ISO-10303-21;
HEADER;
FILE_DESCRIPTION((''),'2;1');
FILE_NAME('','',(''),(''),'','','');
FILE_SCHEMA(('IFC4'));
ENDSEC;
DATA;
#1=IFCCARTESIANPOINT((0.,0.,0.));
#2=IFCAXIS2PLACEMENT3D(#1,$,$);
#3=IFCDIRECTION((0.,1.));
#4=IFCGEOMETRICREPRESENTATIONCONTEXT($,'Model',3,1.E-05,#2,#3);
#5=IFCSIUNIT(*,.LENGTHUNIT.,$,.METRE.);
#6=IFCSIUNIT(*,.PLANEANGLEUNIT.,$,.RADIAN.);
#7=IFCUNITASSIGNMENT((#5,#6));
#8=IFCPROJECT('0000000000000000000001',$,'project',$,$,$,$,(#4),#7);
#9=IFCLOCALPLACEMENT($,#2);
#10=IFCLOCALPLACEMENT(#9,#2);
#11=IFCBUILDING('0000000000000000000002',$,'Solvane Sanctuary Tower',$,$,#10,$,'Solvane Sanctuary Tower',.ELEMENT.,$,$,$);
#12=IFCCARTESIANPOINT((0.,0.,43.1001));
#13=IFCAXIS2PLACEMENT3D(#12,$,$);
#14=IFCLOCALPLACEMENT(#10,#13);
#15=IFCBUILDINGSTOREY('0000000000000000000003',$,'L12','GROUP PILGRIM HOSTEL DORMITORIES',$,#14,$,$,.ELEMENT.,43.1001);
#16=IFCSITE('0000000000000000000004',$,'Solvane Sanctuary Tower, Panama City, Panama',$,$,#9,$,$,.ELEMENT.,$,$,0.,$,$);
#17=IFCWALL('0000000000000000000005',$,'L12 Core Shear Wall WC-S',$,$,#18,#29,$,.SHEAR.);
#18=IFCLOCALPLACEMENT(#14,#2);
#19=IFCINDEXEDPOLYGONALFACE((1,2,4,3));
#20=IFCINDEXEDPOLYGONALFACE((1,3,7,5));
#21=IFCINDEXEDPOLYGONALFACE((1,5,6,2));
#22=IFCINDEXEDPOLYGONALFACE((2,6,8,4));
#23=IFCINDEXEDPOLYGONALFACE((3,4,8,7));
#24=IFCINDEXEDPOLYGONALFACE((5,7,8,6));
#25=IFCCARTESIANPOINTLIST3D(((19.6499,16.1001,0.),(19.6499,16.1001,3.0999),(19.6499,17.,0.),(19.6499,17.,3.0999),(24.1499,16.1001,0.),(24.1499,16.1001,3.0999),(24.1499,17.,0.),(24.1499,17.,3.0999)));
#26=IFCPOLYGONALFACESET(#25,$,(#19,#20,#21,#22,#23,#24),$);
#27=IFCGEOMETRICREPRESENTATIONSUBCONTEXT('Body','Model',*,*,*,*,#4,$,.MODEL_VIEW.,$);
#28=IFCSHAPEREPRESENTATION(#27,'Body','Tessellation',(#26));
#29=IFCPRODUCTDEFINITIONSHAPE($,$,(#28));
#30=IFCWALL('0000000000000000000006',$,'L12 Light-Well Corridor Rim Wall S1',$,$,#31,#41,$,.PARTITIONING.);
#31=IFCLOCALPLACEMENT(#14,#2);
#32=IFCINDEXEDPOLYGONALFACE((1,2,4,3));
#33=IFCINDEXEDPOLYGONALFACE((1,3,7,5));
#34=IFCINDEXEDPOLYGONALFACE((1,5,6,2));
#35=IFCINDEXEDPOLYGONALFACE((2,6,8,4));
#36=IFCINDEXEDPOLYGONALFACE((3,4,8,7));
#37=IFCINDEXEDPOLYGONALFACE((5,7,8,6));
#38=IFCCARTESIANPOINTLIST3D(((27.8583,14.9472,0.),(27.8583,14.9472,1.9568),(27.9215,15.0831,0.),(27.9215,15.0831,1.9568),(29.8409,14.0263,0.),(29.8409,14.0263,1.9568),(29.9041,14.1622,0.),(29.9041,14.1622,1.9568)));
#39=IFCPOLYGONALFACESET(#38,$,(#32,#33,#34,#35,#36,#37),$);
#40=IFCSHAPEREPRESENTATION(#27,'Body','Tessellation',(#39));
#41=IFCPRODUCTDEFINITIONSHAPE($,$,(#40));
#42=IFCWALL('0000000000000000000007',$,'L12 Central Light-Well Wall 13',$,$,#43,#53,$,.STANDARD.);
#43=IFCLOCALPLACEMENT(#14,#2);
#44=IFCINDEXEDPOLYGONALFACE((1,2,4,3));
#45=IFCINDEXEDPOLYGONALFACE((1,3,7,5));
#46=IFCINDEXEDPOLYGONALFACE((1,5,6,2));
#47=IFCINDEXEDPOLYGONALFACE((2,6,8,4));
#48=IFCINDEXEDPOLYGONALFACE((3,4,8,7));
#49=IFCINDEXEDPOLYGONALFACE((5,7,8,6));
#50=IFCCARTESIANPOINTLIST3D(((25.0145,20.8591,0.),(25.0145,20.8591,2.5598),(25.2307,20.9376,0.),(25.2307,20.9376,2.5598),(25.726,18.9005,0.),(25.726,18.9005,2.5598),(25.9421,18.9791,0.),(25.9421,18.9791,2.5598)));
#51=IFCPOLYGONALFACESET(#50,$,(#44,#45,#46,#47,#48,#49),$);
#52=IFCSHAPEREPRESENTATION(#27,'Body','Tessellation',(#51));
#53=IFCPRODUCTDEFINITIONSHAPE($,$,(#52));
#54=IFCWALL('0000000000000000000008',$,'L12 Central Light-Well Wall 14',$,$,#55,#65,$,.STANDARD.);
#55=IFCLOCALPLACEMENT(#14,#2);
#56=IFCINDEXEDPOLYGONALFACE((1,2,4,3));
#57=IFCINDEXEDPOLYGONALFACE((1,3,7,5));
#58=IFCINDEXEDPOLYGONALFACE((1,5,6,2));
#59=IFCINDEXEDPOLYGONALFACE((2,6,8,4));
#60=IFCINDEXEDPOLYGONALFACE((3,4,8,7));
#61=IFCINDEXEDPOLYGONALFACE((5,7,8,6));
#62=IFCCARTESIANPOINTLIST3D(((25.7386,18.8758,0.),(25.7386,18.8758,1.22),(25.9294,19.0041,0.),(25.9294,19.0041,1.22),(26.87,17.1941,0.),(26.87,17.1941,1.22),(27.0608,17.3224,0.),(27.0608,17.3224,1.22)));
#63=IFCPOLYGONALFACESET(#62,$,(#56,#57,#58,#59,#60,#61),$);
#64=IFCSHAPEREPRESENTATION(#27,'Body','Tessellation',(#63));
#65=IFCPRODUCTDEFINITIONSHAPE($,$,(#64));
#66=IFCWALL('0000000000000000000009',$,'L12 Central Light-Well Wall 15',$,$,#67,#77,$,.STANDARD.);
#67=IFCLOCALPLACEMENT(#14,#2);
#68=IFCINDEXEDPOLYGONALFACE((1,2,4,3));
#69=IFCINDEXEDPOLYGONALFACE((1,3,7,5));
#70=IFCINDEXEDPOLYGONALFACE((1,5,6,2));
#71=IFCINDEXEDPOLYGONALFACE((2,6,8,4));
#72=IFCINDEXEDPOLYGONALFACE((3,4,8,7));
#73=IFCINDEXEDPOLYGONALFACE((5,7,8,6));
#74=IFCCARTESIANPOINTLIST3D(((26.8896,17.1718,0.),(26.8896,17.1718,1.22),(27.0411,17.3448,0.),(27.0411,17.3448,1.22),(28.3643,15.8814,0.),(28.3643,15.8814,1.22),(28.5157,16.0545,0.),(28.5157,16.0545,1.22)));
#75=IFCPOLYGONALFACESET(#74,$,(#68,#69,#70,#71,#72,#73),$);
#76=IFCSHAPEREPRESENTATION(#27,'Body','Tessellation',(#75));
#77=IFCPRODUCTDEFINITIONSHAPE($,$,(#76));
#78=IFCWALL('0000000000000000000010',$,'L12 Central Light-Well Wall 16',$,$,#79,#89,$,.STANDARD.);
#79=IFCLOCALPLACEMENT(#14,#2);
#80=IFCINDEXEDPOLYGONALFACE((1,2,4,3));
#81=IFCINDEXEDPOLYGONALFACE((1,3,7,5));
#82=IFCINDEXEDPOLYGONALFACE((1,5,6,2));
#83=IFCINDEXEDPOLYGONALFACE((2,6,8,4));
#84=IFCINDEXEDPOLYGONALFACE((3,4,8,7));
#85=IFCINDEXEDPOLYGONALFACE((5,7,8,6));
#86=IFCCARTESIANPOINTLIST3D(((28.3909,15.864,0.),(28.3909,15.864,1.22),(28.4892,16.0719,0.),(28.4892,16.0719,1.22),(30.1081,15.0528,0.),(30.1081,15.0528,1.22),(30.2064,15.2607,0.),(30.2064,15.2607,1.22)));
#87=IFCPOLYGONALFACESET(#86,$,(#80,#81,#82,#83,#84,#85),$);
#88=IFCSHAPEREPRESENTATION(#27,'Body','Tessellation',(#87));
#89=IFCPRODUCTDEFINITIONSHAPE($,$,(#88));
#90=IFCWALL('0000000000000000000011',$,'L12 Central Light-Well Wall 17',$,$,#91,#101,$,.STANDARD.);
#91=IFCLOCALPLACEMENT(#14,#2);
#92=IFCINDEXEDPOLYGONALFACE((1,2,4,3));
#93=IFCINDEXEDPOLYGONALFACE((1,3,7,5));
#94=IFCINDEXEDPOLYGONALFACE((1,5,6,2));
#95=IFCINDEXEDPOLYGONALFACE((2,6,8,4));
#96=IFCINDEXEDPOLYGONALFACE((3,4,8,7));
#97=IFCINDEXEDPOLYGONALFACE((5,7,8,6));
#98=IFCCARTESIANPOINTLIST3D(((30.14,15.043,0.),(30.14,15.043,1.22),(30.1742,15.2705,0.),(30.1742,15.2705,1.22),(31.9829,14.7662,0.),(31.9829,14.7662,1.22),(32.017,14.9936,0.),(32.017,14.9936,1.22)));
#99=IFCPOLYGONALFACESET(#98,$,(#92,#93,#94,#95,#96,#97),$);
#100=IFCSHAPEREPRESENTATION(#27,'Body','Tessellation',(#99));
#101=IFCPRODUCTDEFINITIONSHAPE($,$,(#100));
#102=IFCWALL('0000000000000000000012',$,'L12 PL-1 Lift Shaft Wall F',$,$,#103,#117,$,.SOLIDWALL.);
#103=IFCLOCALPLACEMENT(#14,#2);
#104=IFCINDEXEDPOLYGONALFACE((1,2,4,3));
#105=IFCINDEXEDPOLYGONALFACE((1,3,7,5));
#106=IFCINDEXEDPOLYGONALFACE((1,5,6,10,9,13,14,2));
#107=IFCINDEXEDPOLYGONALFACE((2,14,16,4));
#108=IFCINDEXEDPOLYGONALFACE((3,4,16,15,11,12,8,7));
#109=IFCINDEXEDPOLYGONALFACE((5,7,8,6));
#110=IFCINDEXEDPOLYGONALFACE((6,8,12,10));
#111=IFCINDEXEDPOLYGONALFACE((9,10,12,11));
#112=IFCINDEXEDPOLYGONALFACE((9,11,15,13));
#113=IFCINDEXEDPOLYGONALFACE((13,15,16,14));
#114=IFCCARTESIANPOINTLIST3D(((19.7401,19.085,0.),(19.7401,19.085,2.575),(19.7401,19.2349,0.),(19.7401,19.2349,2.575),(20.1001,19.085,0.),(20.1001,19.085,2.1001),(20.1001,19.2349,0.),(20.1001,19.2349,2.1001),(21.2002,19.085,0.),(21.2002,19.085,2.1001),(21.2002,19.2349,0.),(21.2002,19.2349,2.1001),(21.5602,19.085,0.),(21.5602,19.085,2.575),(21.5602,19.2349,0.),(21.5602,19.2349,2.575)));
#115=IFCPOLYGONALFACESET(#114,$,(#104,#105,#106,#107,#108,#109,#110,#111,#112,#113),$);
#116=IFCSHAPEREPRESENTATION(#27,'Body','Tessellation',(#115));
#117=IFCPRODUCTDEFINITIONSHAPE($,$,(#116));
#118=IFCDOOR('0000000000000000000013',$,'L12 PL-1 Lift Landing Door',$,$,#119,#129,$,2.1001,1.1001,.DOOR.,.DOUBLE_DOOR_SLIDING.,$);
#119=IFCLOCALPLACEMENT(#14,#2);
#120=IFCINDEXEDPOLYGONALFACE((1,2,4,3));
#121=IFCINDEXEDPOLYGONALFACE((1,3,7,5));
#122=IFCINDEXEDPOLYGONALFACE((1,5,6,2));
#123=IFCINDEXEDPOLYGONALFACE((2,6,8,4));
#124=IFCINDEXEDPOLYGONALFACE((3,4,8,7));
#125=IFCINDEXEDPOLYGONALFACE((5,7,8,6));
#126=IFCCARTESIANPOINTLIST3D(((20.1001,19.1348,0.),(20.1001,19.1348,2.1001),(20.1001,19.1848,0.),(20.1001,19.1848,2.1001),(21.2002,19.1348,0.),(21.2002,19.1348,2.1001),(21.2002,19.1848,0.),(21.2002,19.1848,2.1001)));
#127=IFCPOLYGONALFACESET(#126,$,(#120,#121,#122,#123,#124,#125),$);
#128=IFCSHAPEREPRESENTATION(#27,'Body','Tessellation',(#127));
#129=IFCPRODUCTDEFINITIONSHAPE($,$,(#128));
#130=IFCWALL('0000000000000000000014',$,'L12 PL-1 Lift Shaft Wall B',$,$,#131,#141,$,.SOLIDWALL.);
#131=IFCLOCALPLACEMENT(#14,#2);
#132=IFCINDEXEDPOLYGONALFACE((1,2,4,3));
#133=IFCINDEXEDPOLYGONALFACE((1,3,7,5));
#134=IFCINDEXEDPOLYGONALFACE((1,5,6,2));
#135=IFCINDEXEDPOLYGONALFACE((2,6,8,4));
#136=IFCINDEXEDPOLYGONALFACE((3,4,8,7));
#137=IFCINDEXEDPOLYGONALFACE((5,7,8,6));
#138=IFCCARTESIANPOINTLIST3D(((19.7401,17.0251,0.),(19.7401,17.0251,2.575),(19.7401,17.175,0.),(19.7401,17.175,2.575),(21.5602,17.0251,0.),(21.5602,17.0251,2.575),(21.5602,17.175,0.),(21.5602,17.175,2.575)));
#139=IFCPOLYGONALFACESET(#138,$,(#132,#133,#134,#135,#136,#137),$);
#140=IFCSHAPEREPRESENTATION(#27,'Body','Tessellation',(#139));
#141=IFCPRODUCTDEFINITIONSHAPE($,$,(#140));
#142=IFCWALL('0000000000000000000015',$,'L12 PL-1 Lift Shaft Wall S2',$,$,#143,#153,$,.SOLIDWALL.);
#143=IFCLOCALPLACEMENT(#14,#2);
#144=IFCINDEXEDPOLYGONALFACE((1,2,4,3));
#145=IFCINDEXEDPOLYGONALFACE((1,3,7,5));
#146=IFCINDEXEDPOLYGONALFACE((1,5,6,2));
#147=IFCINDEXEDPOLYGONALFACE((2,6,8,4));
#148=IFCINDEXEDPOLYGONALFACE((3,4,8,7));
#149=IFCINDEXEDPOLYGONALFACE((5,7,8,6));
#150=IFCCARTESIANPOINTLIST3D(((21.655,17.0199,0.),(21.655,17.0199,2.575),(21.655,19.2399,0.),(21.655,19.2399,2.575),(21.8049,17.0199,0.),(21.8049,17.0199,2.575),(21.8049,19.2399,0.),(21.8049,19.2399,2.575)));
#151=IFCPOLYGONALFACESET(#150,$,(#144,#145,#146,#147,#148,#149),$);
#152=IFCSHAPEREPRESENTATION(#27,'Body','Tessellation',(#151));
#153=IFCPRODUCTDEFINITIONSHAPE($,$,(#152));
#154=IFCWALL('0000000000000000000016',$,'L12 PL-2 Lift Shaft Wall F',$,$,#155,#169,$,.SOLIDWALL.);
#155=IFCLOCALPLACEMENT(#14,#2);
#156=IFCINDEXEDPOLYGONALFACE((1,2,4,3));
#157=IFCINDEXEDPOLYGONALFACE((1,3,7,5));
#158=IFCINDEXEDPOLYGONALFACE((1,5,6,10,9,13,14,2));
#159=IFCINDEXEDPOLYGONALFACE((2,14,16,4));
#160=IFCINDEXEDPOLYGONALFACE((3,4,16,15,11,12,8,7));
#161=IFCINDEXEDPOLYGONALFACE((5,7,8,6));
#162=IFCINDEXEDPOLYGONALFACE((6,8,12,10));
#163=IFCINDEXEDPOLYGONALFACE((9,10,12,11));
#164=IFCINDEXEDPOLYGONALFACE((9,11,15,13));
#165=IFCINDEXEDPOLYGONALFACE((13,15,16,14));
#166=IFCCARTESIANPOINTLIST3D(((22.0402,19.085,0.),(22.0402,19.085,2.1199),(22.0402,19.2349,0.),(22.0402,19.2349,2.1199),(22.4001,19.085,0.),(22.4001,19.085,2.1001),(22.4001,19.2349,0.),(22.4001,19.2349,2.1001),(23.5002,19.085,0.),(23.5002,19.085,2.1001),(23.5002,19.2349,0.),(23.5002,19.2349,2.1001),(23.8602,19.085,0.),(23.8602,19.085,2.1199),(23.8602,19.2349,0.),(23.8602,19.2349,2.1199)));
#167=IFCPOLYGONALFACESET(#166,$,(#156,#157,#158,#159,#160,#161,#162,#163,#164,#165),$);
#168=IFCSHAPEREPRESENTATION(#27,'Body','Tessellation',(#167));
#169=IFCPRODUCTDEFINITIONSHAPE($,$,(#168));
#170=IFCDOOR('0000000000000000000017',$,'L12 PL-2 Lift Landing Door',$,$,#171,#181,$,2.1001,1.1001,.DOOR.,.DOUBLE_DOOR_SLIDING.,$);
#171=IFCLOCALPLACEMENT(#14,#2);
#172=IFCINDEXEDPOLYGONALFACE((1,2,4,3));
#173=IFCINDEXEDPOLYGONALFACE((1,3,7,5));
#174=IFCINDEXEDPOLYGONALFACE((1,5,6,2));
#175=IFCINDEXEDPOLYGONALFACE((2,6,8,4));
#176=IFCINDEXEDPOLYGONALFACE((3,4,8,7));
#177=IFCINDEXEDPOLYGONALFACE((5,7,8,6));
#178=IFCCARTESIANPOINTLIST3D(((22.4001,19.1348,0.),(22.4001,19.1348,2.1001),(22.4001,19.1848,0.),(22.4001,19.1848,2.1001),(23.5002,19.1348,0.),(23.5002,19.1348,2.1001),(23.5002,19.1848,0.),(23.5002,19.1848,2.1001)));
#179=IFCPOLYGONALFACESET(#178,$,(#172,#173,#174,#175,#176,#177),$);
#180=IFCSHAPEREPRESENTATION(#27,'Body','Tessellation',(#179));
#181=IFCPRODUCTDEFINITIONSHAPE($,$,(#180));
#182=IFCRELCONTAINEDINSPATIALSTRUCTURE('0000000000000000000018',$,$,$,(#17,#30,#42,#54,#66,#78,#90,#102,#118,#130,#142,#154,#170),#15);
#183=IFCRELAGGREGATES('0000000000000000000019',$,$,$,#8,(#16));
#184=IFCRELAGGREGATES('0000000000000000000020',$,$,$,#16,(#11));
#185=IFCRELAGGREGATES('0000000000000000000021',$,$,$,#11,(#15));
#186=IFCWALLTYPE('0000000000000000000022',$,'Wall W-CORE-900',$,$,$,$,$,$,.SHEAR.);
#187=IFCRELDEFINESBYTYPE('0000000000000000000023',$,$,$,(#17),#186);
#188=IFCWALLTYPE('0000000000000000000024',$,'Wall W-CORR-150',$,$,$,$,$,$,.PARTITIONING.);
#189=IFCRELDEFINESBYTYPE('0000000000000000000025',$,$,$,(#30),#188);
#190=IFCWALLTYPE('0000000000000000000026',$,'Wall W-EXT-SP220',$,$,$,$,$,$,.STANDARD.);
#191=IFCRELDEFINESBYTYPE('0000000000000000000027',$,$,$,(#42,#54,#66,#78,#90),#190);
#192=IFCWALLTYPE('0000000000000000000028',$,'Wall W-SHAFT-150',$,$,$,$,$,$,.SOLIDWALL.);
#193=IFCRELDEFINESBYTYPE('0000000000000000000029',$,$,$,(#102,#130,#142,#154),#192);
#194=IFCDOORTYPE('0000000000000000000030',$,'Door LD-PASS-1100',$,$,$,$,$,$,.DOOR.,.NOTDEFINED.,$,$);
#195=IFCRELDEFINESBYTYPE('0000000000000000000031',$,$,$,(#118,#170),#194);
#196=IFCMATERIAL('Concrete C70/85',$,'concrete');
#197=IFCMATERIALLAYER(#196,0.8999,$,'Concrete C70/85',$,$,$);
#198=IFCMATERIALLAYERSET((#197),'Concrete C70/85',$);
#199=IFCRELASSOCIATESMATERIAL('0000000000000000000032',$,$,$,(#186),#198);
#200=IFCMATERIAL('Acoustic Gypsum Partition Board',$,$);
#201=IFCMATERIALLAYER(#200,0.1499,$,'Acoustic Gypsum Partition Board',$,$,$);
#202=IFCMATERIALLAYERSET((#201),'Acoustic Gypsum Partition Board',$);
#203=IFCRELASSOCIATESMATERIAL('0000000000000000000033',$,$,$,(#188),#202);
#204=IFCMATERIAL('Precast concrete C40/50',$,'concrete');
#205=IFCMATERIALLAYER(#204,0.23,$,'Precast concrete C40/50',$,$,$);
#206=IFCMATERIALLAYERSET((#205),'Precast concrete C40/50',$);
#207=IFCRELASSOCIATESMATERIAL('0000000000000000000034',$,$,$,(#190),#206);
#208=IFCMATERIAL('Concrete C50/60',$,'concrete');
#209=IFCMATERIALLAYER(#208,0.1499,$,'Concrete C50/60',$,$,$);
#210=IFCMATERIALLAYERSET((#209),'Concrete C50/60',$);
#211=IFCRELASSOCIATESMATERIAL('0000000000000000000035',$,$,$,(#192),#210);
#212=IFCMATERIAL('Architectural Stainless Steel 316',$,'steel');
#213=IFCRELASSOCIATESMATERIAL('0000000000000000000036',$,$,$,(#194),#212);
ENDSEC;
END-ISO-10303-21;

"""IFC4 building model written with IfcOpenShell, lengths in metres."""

from ifc_helpers import new_model, si_unit, direction, frame, frame_2d, origin, place, context, subcontext, project, spatial, rectangle, extrude, material, layer, layer_set, type_object, element, fill, save


model = new_model("IFC4")

# Units and contexts
model_context = context("Model", 3, precision=1e-05, world=origin(), true_north=direction((0.0, 1.0)))
body_context = subcontext(model_context, "Body", "Model", "MODEL_VIEW")
ifc_project = project(units=[si_unit("LENGTHUNIT", "METRE"), si_unit("PLANEANGLEUNIT", "RADIAN")], contexts=[model_context])

# Site, building, storey
site_placement = place(None, origin())
site = spatial("IfcSite", under=ifc_project, at=site_placement, Name="Solvane Sanctuary Tower, Panama City, Panama", CompositionType="ELEMENT", RefElevation=0.0)
building_placement = place(site_placement, origin())
building = spatial("IfcBuilding", under=site, at=building_placement, Name="Solvane Sanctuary Tower", LongName="Solvane Sanctuary Tower", CompositionType="ELEMENT")
storey_placement = place(building_placement, frame((0.0, 0.0, 43.1001)))
storey = spatial("IfcBuildingStorey", under=building, at=storey_placement, Name="L12", Description="GROUP PILGRIM HOSTEL DORMITORIES", CompositionType="ELEMENT", Elevation=43.1001)

# Shared definitions
ifc_material_1 = material(Name="Concrete C70/85", Category="concrete")

# Walls
ifc_layer_1 = layer(ifc_material_1, 0.8999, Name="Concrete C70/85")
ifc_layer_set_1 = layer_set([ifc_layer_1], Name="Concrete C70/85")
wall_type_1 = type_object("IfcWallType", Name="Wall W-CORE-900", PredefinedType="SHEAR", material=ifc_layer_set_1)
wall_1_placement = place(storey_placement, frame((19.6499, 16.55, 0.0), z_axis=(0.0, 0.0, 1.0), x_axis=(1.0, 0.0, 0.0)))
element("IfcWall", 1, at=wall_1_placement, inside=storey, type_object=wall_type_1, Name="L12 Core Shear Wall WC-S", PredefinedType="SHEAR", context=body_context, shape_type="SweptSolid", body=[
    extrude(rectangle(XDim=4.5, YDim=0.8999, at=frame_2d((2.25, 0.0))), origin(), (0.0, 0.0, 1.0), 3.0999),
])
ifc_material_2 = material(Name="Acoustic Gypsum Partition Board")
ifc_layer_2 = layer(ifc_material_2, 0.1499, Name="Acoustic Gypsum Partition Board")
ifc_layer_set_2 = layer_set([ifc_layer_2], Name="Acoustic Gypsum Partition Board")
wall_type_2 = type_object("IfcWallType", Name="Wall W-CORR-150", PredefinedType="PARTITIONING", material=ifc_layer_set_2)
wall_2_placement = place(storey_placement, frame((27.8899, 15.0151, 0.0), z_axis=(0.0, 0.0, 1.0), x_axis=(0.906943, -0.421252, 0.0)))
element("IfcWall", 2, at=wall_2_placement, inside=storey, type_object=wall_type_2, Name="L12 Light-Well Corridor Rim Wall S1", PredefinedType="PARTITIONING", context=body_context, shape_type="SweptSolid", body=[
    extrude(rectangle(XDim=2.186, YDim=0.1499, at=frame_2d((1.093, 0.0))), origin(), (0.0, 0.0, 1.0), 1.9568),
])
ifc_material_3 = material(Name="Precast concrete C40/50", Category="concrete")
ifc_layer_3 = layer(ifc_material_3, 0.23, Name="Precast concrete C40/50")
ifc_layer_set_3 = layer_set([ifc_layer_3], Name="Precast concrete C40/50")
wall_type_3 = type_object("IfcWallType", Name="Wall W-EXT-SP220", PredefinedType="STANDARD", material=ifc_layer_set_3)
wall_3_placement = place(storey_placement, frame((25.1226, 20.8984, 0.0), z_axis=(0.0, 0.0, 1.0), x_axis=(0.341423, -0.93991, 0.0)))
element("IfcWall", 3, at=wall_3_placement, inside=storey, type_object=wall_type_3, Name="L12 Central Light-Well Wall 13", PredefinedType="STANDARD", context=body_context, shape_type="SweptSolid", body=[
    extrude(rectangle(XDim=2.0837, YDim=0.23, at=frame_2d((1.042, 0.0))), origin(), (0.0, 0.0, 1.0), 2.5598),
])
wall_4_placement = place(storey_placement, frame((25.834, 18.9399, 0.0), z_axis=(0.0, 0.0, 1.0), x_axis=(0.558198, -0.829708, 0.0)))
element("IfcWall", 4, at=wall_4_placement, inside=storey, type_object=wall_type_3, Name="L12 Central Light-Well Wall 14", PredefinedType="STANDARD", context=body_context, shape_type="SweptSolid", body=[
    extrude(rectangle(XDim=2.0269, YDim=0.23, at=frame_2d((1.0134, 0.0))), origin(), (0.0, 0.0, 1.0), 1.22),
])
wall_5_placement = place(storey_placement, frame((26.9653, 17.2583, 0.0), z_axis=(0.0, 0.0, 1.0), x_axis=(0.752577, -0.658505, 0.0)))
element("IfcWall", 5, at=wall_5_placement, inside=storey, type_object=wall_type_3, Name="L12 Central Light-Well Wall 15", PredefinedType="STANDARD", context=body_context, shape_type="SweptSolid", body=[
    extrude(rectangle(XDim=1.9595, YDim=0.23, at=frame_2d((0.9797, 0.0))), origin(), (0.0, 0.0, 1.0), 1.22),
])
wall_6_placement = place(storey_placement, frame((28.4399, 15.968, 0.0), z_axis=(0.0, 0.0, 1.0), x_axis=(0.90418, -0.427152, 0.0)))
element("IfcWall", 6, at=wall_6_placement, inside=storey, type_object=wall_type_3, Name="L12 Central Light-Well Wall 16", PredefinedType="STANDARD", context=body_context, shape_type="SweptSolid", body=[
    extrude(rectangle(XDim=1.8992, YDim=0.23, at=frame_2d((0.9497, 0.0))), origin(), (0.0, 0.0, 1.0), 1.22),
])
wall_7_placement = place(storey_placement, frame((30.1572, 15.1567, 0.0), z_axis=(0.0, 0.0, 1.0), x_axis=(0.988902, -0.148571, 0.0)))
element("IfcWall", 7, at=wall_7_placement, inside=storey, type_object=wall_type_3, Name="L12 Central Light-Well Wall 17", PredefinedType="STANDARD", context=body_context, shape_type="SweptSolid", body=[
    extrude(rectangle(XDim=1.8635, YDim=0.23, at=frame_2d((0.9316, 0.0))), origin(), (0.0, 0.0, 1.0), 1.22),
])

# Wall, opening, door
ifc_material_4 = material(Name="Concrete C50/60", Category="concrete")
ifc_layer_4 = layer(ifc_material_4, 0.1499, Name="Concrete C50/60")
ifc_layer_set_4 = layer_set([ifc_layer_4], Name="Concrete C50/60")
wall_type_4 = type_object("IfcWallType", Name="Wall W-SHAFT-150", PredefinedType="SOLIDWALL", material=ifc_layer_set_4)
wall_8_placement = place(storey_placement, frame((19.74, 19.1599, 0.0), z_axis=(0.0, 0.0, 1.0), x_axis=(1.0, 0.0, 0.0)))
wall_8 = element("IfcWall", 8, at=wall_8_placement, inside=storey, type_object=wall_type_4, Name="L12 PL-1 Lift Shaft Wall F", PredefinedType="SOLIDWALL", context=body_context, shape_type="SweptSolid", body=[
    extrude(rectangle(XDim=1.8201, YDim=0.1499, at=frame_2d((0.9102, 0.0))), origin(), (0.0, 0.0, 1.0), 2.575),
])
opening_1_placement = place(wall_8_placement, frame((0.3601, 0.0, 0.0)))
opening_1 = element("IfcOpeningElement", 9, at=opening_1_placement, cuts=wall_8, PredefinedType="OPENING", context=body_context, shape_type="SweptSolid", body=[
    extrude(rectangle(XDim=1.1001, YDim=2.1001, at=frame_2d((0.55, 1.05))), frame((0.0, 0.085, 0.0), z_axis=(0.0, -1.0, 0.0), x_axis=(1.0, 0.0, 0.0)), (0.0, 0.0, 1.0), 0.1699),
])
ifc_material_5 = material(Name="Architectural Stainless Steel 316", Category="steel")
door_type = type_object("IfcDoorType", Name="Door LD-PASS-1100", OperationType="NOTDEFINED", PredefinedType="DOOR", material=ifc_material_5)
door_1_placement = place(opening_1_placement, origin())
door_1 = element("IfcDoor", 10, at=door_1_placement, inside=storey, type_object=door_type, Name="L12 PL-1 Lift Landing Door", OperationType="DOUBLE_DOOR_SLIDING", OverallHeight=2.1001, OverallWidth=1.1001, PredefinedType="DOOR", context=body_context, shape_type="SweptSolid", body=[
    extrude(rectangle(XDim=1.1001, YDim=2.1001, at=frame_2d((0.55, 1.05))), frame((0.0, 0.0249, 0.0), z_axis=(0.0, -1.0, 0.0), x_axis=(1.0, 0.0, 0.0)), (0.0, 0.0, 1.0), 0.05),
])
fill(opening_1, door_1)

# Walls
wall_9_placement = place(storey_placement, frame((19.74, 17.1001, 0.0), z_axis=(0.0, 0.0, 1.0), x_axis=(1.0, 0.0, 0.0)))
element("IfcWall", 11, at=wall_9_placement, inside=storey, type_object=wall_type_4, Name="L12 PL-1 Lift Shaft Wall B", PredefinedType="SOLIDWALL", context=body_context, shape_type="SweptSolid", body=[
    extrude(rectangle(XDim=1.8201, YDim=0.1499, at=frame_2d((0.9102, 0.0))), origin(), (0.0, 0.0, 1.0), 2.575),
])
wall_10_placement = place(storey_placement, frame((21.73, 17.02, 0.0), z_axis=(0.0, 0.0, 1.0), x_axis=(0.0, 1.0, 0.0)))
element("IfcWall", 12, at=wall_10_placement, inside=storey, type_object=wall_type_4, Name="L12 PL-1 Lift Shaft Wall S2", PredefinedType="SOLIDWALL", context=body_context, shape_type="SweptSolid", body=[
    extrude(rectangle(XDim=2.22, YDim=0.1499, at=frame_2d((1.1099, 0.0))), origin(), (0.0, 0.0, 1.0), 2.575),
])

# Wall, opening, door
wall_11_placement = place(storey_placement, frame((22.04, 19.1599, 0.0), z_axis=(0.0, 0.0, 1.0), x_axis=(1.0, 0.0, 0.0)))
wall_11 = element("IfcWall", 13, at=wall_11_placement, inside=storey, type_object=wall_type_4, Name="L12 PL-2 Lift Shaft Wall F", PredefinedType="SOLIDWALL", context=body_context, shape_type="SweptSolid", body=[
    extrude(rectangle(XDim=1.8201, YDim=0.1499, at=frame_2d((0.9102, 0.0))), origin(), (0.0, 0.0, 1.0), 2.1199),
])
opening_2_placement = place(wall_11_placement, frame((0.3601, 0.0, 0.0)))
opening_2 = element("IfcOpeningElement", 14, at=opening_2_placement, cuts=wall_11, PredefinedType="OPENING", context=body_context, shape_type="SweptSolid", body=[
    extrude(rectangle(XDim=1.1001, YDim=2.1001, at=frame_2d((0.55, 1.05))), frame((0.0, 0.085, 0.0), z_axis=(0.0, -1.0, 0.0), x_axis=(1.0, 0.0, 0.0)), (0.0, 0.0, 1.0), 0.1699),
])
door_2_placement = place(opening_2_placement, origin())
door_2 = element("IfcDoor", 15, at=door_2_placement, inside=storey, type_object=door_type, Name="L12 PL-2 Lift Landing Door", OperationType="DOUBLE_DOOR_SLIDING", OverallHeight=2.1001, OverallWidth=1.1001, PredefinedType="DOOR", context=body_context, shape_type="SweptSolid", body=[
    extrude(rectangle(XDim=1.1001, YDim=2.1001, at=frame_2d((0.55, 1.05))), frame((0.0, 0.0249, 0.0), z_axis=(0.0, -1.0, 0.0), x_axis=(1.0, 0.0, 0.0)), (0.0, 0.0, 1.0), 0.05),
])
fill(opening_2, door_2)

save(model, "model.ifc")
